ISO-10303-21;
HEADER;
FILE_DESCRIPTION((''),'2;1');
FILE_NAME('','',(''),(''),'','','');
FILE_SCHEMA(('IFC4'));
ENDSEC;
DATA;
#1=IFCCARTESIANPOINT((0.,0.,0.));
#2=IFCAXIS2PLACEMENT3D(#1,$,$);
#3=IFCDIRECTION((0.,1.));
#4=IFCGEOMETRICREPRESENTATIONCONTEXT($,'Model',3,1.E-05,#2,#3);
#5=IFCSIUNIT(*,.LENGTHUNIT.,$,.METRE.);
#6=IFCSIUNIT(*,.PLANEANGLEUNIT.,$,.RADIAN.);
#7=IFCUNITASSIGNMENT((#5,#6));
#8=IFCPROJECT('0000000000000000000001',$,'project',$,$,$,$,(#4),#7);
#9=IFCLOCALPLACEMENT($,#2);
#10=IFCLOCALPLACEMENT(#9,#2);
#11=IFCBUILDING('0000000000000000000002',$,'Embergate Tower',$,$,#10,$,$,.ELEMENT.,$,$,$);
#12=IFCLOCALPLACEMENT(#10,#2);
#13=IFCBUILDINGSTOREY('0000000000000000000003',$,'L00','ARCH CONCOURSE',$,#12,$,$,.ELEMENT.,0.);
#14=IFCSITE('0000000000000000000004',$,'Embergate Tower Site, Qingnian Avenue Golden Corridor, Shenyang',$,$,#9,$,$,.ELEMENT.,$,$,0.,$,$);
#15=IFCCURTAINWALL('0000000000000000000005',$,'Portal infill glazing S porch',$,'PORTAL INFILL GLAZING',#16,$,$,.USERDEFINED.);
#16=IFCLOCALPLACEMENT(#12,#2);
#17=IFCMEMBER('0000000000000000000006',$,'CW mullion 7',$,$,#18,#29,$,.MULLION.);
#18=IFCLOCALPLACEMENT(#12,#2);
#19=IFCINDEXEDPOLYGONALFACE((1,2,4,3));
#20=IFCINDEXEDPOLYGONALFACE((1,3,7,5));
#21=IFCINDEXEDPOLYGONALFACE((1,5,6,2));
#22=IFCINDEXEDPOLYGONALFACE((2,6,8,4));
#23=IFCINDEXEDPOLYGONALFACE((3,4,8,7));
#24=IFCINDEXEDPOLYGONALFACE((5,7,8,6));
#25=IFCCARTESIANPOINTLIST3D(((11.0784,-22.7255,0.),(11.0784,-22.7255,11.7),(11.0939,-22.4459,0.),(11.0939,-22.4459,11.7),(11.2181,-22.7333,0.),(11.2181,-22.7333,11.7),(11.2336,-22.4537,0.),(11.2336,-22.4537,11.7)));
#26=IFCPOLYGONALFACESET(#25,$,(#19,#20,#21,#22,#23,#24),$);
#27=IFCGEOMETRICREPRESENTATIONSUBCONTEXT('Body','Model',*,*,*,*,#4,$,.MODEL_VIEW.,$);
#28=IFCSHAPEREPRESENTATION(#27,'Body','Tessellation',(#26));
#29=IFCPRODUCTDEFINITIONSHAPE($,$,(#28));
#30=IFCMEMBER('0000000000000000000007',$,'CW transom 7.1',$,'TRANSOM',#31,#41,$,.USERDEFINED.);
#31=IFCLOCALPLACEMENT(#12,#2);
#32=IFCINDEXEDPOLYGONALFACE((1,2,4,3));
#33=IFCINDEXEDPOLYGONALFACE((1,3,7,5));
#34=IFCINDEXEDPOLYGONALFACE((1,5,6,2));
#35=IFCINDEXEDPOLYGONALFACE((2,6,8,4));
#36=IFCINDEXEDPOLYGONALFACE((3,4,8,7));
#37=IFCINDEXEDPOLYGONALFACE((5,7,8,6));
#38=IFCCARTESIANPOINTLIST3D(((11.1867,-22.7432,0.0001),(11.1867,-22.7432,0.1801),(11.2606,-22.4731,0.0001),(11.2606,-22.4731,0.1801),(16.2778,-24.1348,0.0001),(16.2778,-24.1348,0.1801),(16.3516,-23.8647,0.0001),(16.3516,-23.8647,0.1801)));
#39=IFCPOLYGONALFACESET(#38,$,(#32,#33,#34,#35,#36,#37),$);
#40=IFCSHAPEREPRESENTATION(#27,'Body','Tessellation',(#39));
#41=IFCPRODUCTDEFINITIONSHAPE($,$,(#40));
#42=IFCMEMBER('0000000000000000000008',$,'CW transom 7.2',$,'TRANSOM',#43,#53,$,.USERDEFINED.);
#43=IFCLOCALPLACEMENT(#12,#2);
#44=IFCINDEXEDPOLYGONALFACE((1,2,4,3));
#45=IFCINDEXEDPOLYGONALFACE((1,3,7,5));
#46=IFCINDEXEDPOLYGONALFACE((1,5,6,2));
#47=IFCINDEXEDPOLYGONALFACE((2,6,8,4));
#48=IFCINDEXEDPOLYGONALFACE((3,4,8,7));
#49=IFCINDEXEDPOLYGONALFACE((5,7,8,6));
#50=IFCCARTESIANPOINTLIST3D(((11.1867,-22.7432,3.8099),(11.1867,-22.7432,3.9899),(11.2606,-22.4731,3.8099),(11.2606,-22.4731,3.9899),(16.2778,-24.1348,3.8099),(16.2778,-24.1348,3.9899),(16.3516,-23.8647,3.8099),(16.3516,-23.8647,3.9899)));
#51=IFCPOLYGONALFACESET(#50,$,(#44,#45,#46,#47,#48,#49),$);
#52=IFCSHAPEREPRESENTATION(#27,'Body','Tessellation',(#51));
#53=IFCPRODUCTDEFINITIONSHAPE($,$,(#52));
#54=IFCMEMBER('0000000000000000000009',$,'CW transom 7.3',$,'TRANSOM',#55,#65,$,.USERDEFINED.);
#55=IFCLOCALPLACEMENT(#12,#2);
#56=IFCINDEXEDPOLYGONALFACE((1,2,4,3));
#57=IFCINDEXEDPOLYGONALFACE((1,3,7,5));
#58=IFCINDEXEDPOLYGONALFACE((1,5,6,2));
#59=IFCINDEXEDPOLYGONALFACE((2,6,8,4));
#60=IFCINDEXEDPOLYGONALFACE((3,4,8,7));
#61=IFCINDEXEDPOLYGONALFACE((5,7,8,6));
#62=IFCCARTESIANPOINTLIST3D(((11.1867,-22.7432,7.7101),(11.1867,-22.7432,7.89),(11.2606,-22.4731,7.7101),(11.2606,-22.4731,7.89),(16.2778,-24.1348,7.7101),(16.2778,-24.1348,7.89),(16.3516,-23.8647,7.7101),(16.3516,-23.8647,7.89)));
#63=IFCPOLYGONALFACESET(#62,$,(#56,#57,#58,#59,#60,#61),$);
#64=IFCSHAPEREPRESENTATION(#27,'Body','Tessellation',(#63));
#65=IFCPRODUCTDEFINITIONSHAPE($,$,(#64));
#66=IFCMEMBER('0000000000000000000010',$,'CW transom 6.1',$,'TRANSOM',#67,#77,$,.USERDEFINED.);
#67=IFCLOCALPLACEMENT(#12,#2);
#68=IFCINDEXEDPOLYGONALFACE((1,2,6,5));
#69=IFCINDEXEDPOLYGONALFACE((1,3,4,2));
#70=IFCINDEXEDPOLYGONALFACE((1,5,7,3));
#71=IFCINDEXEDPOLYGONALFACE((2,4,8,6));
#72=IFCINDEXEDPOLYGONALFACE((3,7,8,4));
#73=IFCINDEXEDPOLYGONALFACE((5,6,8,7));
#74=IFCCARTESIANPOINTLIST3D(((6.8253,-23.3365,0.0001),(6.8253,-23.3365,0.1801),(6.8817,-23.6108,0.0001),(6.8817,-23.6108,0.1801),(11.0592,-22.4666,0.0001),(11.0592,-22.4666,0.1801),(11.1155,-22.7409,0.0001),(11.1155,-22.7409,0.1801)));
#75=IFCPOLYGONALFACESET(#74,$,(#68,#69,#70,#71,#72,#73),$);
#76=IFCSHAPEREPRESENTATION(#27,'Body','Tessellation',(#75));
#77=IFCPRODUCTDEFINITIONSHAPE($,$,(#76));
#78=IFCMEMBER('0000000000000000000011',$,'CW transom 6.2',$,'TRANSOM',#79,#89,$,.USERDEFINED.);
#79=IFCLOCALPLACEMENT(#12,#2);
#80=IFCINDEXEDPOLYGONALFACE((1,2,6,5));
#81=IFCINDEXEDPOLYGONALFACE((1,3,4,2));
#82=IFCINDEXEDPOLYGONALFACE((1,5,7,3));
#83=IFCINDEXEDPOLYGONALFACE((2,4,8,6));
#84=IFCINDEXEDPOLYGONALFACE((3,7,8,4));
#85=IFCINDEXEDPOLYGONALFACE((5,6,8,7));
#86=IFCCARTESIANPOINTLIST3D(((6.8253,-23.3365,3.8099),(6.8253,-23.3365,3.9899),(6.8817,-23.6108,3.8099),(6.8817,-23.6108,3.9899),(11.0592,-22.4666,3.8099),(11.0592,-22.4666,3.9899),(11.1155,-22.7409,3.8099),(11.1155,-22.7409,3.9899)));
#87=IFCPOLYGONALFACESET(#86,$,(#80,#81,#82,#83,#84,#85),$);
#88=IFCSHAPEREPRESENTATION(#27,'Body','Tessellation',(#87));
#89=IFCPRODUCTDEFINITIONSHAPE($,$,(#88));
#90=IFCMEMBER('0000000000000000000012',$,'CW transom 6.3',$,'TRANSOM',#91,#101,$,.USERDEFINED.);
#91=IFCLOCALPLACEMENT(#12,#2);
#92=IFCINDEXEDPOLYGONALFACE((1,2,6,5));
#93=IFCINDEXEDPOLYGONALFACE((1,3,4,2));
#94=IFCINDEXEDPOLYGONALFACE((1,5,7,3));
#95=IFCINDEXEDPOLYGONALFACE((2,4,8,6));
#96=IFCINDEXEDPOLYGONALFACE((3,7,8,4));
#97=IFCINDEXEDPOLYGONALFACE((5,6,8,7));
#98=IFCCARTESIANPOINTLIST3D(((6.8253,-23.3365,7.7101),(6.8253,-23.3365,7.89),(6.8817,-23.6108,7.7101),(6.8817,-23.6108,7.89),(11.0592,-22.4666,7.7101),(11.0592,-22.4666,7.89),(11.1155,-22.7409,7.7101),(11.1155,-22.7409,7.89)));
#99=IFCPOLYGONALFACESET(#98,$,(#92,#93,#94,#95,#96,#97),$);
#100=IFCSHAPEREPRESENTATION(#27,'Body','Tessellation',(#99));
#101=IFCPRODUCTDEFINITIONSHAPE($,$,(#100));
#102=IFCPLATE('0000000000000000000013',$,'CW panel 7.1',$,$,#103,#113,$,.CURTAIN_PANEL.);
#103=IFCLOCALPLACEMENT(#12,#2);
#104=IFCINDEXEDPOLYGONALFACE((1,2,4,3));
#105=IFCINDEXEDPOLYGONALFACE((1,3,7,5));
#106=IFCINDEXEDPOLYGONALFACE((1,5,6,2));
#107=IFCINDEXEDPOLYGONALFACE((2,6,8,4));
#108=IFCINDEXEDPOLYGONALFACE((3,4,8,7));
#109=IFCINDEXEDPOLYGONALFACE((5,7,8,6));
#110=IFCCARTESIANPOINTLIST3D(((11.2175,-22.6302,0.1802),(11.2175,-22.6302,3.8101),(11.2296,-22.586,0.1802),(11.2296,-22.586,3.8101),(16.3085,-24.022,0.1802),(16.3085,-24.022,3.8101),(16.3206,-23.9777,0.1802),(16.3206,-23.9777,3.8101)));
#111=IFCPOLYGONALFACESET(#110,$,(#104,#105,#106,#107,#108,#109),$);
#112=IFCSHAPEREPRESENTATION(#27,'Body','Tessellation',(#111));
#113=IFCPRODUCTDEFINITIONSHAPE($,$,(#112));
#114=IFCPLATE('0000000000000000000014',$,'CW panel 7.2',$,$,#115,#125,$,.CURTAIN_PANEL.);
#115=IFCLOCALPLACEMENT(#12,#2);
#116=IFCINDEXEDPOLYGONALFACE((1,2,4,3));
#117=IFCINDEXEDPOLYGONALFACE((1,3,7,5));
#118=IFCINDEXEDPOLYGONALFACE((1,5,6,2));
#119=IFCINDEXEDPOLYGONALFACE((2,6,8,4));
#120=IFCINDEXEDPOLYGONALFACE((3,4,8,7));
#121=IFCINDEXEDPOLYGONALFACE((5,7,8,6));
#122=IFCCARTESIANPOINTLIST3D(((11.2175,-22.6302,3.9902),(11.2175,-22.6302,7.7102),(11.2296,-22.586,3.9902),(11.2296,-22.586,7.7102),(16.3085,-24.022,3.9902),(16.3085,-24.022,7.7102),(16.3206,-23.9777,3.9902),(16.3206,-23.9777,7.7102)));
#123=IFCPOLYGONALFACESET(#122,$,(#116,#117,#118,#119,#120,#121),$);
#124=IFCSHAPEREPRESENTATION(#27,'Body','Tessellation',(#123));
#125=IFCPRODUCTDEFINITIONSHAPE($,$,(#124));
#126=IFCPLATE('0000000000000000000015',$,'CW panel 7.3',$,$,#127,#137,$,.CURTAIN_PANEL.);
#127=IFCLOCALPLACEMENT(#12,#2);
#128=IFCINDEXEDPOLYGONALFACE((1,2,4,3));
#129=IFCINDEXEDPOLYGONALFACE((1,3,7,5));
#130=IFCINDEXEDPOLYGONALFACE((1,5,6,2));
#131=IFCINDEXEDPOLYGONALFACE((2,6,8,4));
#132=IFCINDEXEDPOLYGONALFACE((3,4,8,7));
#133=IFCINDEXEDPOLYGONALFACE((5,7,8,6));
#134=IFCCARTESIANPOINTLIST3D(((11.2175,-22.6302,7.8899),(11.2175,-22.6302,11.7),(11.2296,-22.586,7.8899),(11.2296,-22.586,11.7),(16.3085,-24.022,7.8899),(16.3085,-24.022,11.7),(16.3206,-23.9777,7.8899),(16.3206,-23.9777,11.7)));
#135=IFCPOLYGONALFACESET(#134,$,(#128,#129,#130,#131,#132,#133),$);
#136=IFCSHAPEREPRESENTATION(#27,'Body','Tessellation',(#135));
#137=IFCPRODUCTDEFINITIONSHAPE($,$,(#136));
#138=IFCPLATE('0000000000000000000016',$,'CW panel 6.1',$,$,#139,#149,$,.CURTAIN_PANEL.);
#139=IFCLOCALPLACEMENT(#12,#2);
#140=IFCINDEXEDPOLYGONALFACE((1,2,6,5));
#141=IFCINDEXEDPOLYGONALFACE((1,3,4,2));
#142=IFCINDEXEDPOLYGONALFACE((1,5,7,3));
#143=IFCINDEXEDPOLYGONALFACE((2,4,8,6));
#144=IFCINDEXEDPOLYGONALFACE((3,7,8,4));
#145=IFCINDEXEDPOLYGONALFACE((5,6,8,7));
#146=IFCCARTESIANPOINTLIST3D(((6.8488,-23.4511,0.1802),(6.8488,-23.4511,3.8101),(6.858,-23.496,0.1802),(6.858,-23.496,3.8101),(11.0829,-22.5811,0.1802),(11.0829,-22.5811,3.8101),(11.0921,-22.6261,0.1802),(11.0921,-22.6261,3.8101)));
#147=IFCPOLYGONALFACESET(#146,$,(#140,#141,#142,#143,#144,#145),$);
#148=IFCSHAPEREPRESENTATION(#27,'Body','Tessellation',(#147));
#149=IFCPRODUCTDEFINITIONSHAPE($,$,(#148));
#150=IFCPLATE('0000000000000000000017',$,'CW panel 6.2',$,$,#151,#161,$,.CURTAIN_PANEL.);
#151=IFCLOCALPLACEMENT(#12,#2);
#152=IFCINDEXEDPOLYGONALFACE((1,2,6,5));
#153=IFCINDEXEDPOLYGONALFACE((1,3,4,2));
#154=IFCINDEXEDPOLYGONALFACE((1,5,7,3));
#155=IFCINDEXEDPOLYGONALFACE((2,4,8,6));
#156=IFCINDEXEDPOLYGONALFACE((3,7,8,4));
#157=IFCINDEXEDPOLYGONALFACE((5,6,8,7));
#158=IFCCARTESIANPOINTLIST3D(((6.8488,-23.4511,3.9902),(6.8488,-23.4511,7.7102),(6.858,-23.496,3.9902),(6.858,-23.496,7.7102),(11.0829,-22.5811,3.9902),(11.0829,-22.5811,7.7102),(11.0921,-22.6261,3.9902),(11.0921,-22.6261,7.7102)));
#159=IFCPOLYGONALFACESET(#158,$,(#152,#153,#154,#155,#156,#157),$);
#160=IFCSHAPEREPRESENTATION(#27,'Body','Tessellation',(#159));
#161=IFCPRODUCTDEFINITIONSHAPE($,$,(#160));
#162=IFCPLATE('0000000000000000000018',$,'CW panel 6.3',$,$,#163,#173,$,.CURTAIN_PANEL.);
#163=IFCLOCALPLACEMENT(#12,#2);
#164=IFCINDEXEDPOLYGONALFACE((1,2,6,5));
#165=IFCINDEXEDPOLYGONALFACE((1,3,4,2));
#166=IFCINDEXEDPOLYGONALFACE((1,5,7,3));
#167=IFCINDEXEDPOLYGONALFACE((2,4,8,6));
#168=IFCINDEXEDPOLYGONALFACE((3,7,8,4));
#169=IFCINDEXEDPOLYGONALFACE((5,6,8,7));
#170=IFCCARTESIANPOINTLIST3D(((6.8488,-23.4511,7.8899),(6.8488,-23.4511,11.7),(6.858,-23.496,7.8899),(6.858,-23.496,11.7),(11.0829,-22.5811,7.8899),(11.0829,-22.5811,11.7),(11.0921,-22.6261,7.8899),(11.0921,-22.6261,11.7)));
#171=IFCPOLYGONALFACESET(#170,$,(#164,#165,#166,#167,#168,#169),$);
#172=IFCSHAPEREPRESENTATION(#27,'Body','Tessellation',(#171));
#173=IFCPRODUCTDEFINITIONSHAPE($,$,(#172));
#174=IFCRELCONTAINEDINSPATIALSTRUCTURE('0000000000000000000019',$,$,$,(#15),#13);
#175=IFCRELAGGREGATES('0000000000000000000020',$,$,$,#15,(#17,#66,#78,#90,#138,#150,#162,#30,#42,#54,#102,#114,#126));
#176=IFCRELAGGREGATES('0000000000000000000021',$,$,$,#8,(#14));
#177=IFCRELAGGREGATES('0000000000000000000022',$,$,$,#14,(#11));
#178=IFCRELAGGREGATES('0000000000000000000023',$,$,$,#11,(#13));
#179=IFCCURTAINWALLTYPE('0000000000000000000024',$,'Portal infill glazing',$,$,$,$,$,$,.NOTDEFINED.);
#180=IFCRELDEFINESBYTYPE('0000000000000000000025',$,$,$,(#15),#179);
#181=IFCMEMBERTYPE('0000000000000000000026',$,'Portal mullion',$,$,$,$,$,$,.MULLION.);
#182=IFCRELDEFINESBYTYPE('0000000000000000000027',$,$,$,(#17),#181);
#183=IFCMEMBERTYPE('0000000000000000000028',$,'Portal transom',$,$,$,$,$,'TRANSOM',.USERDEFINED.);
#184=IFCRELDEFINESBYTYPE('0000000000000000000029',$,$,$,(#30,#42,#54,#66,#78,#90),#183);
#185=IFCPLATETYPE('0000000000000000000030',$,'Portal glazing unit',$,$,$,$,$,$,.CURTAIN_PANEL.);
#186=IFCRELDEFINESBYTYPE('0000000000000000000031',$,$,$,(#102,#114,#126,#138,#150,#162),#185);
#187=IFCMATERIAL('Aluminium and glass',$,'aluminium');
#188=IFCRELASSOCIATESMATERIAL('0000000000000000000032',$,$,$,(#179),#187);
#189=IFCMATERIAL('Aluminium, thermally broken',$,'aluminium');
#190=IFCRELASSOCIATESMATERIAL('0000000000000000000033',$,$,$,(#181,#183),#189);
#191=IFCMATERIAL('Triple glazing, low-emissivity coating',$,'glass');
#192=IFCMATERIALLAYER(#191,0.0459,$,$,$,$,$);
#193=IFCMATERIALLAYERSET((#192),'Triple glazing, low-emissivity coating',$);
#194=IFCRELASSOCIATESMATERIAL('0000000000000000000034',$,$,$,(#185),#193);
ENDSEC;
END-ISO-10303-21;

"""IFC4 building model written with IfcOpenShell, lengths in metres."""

from ifc_helpers import new_model, si_unit, direction, frame, origin, origin_2d, place, context, subcontext, project, spatial, rectangle, extrude, source, transform, mapped, material, layer, layer_set, material_profile, profile_set, type_object, element, aggregate, save


model = new_model("IFC4")

# Units and contexts
model_context = context("Model", 3, precision=1e-05, world=origin(), true_north=direction((0.0, 1.0)))
body_context = subcontext(model_context, "Body", "Model", "MODEL_VIEW")
ifc_project = project(units=[si_unit("LENGTHUNIT", "METRE"), si_unit("PLANEANGLEUNIT", "RADIAN")], contexts=[model_context])

# Site, building, storey
site_placement = place(None, origin())
site = spatial("IfcSite", under=ifc_project, at=site_placement, Name="Embergate Tower Site, Qingnian Avenue Golden Corridor, Shenyang", CompositionType="ELEMENT", RefElevation=0.0)
building_placement = place(site_placement, origin())
building = spatial("IfcBuilding", under=site, at=building_placement, Name="Embergate Tower", CompositionType="ELEMENT")
storey_placement = place(building_placement, origin())
storey = spatial("IfcBuildingStorey", under=building, at=storey_placement, Name="L00", Description="ARCH CONCOURSE", CompositionType="ELEMENT", Elevation=0.0)

# Curtain wall, members, plates
ifc_material_1 = material(Name="Aluminium and glass", Category="aluminium")
curtain_wall_type = type_object("IfcCurtainWallType", Name="Portal infill glazing", PredefinedType="NOTDEFINED", material=ifc_material_1)
curtain_wall_placement = place(storey_placement, origin())
curtain_wall = element("IfcCurtainWall", 1, at=curtain_wall_placement, inside=storey, type_object=curtain_wall_type, Name="Portal infill glazing S porch", ObjectType="PORTAL INFILL GLAZING", PredefinedType="USERDEFINED")
ifc_material_2 = material(Name="Aluminium, thermally broken", Category="aluminium")
ifc_material_profile_1 = material_profile(ifc_material_2, rectangle(XDim=0.28, YDim=0.1399, at=origin_2d()), Name="AL 140x280")
ifc_profile_set_1 = profile_set([ifc_material_profile_1], Name="Aluminium, thermally broken")
member_type_1 = type_object("IfcMemberType", Name="Portal mullion", PredefinedType="MULLION", material=ifc_profile_set_1)
shared_shape_1 = source(origin(), body_context, "Body", "SweptSolid", [
    extrude(rectangle(XDim=0.28, YDim=0.1399, at=origin_2d()), origin(), (0.0, 0.0, 1.0), 11.7),
])
member_1_placement = place(storey_placement, frame((11.156, -22.5896, 0.0), z_axis=(0.0, 0.0, 1.0), x_axis=(0.055198, 0.998475, 0.0)))
member_1 = element("IfcMember", 2, at=member_1_placement, type_object=member_type_1, Name="CW mullion 7", PredefinedType="MULLION", context=body_context, shape_type="MappedRepresentation", body=[
    mapped(shared_shape_1, transform((0.0, 0.0, 0.0))),
])
ifc_material_profile_2 = material_profile(ifc_material_2, rectangle(XDim=0.28, YDim=0.1799, at=origin_2d()), Name="AL 180x280")
ifc_profile_set_2 = profile_set([ifc_material_profile_2], Name="Aluminium, thermally broken")
member_type_2 = type_object("IfcMemberType", Name="Portal transom", ElementType="TRANSOM", PredefinedType="USERDEFINED", material=ifc_profile_set_2)
shared_shape_2 = source(origin(), body_context, "Body", "SweptSolid", [
    extrude(rectangle(XDim=0.28, YDim=0.1799, at=origin_2d()), origin(), (0.0, 0.0, 1.0), 5.2778),
])
member_2_placement = place(storey_placement, frame((11.2236, -22.6082, 0.0901), z_axis=(0.964613, -0.263669, 0.0), x_axis=(0.263669, 0.964613, 0.0)))
member_2 = element("IfcMember", 3, at=member_2_placement, type_object=member_type_2, Name="CW transom 7.1", ObjectType="TRANSOM", PredefinedType="USERDEFINED", context=body_context, shape_type="MappedRepresentation", body=[
    mapped(shared_shape_2, transform((0.0, 0.0, 0.0))),
])
member_3_placement = place(storey_placement, frame((11.2236, -22.6082, 3.8999), z_axis=(0.964613, -0.263669, 0.0), x_axis=(0.263669, 0.964613, 0.0)))
member_3 = element("IfcMember", 4, at=member_3_placement, type_object=member_type_2, Name="CW transom 7.2", ObjectType="TRANSOM", PredefinedType="USERDEFINED", context=body_context, shape_type="MappedRepresentation", body=[
    mapped(shared_shape_2, transform((0.0, 0.0, 0.0))),
])
member_4_placement = place(storey_placement, frame((11.2236, -22.6082, 7.8), z_axis=(0.964613, -0.263669, 0.0), x_axis=(0.263669, 0.964613, 0.0)))
member_4 = element("IfcMember", 5, at=member_4_placement, type_object=member_type_2, Name="CW transom 7.3", ObjectType="TRANSOM", PredefinedType="USERDEFINED", context=body_context, shape_type="MappedRepresentation", body=[
    mapped(shared_shape_2, transform((0.0, 0.0, 0.0))),
])
shared_shape_3 = source(origin(), body_context, "Body", "SweptSolid", [
    extrude(rectangle(XDim=0.28, YDim=0.1799, at=origin_2d()), origin(), (0.0, 0.0, 1.0), 4.3223),
])
member_5_placement = place(storey_placement, frame((6.8535, -23.4736, 0.0901), z_axis=(0.97954, 0.201251, 0.0), x_axis=(-0.201251, 0.97954, 0.0)))
member_5 = element("IfcMember", 6, at=member_5_placement, type_object=member_type_2, Name="CW transom 6.1", ObjectType="TRANSOM", PredefinedType="USERDEFINED", context=body_context, shape_type="MappedRepresentation", body=[
    mapped(shared_shape_3, transform((0.0, 0.0, 0.0))),
])
member_6_placement = place(storey_placement, frame((6.8535, -23.4736, 3.8999), z_axis=(0.97954, 0.201251, 0.0), x_axis=(-0.201251, 0.97954, 0.0)))
member_6 = element("IfcMember", 7, at=member_6_placement, type_object=member_type_2, Name="CW transom 6.2", ObjectType="TRANSOM", PredefinedType="USERDEFINED", context=body_context, shape_type="MappedRepresentation", body=[
    mapped(shared_shape_3, transform((0.0, 0.0, 0.0))),
])
member_7_placement = place(storey_placement, frame((6.8535, -23.4736, 7.8), z_axis=(0.97954, 0.201251, 0.0), x_axis=(-0.201251, 0.97954, 0.0)))
member_7 = element("IfcMember", 8, at=member_7_placement, type_object=member_type_2, Name="CW transom 6.3", ObjectType="TRANSOM", PredefinedType="USERDEFINED", context=body_context, shape_type="MappedRepresentation", body=[
    mapped(shared_shape_3, transform((0.0, 0.0, 0.0))),
])
ifc_material_3 = material(Name="Triple glazing, low-emissivity coating", Category="glass")
ifc_layer_1 = layer(ifc_material_3, 0.0459)
ifc_layer_set_1 = layer_set([ifc_layer_1], Name="Triple glazing, low-emissivity coating")
plate_type = type_object("IfcPlateType", Name="Portal glazing unit", PredefinedType="CURTAIN_PANEL", material=ifc_layer_set_1)
shared_shape_4 = source(origin(), body_context, "Body", "SweptSolid", [
    extrude(rectangle(XDim=5.2778, YDim=0.0459, at=origin_2d()), origin(), (0.0, 0.0, 1.0), 3.6299),
])
plate_1_placement = place(storey_placement, frame((13.769, -23.304, 0.1802), z_axis=(0.0, 0.0, 1.0), x_axis=(0.964607, -0.263693, 0.0)))
plate_1 = element("IfcPlate", 9, at=plate_1_placement, type_object=plate_type, Name="CW panel 7.1", PredefinedType="CURTAIN_PANEL", context=body_context, shape_type="MappedRepresentation", body=[
    mapped(shared_shape_4, transform((0.0, 0.0, 0.0))),
])
shared_shape_5 = source(origin(), body_context, "Body", "SweptSolid", [
    extrude(rectangle(XDim=5.2778, YDim=0.0459, at=origin_2d()), origin(), (0.0, 0.0, 1.0), 3.72),
])
plate_2_placement = place(storey_placement, frame((13.769, -23.304, 3.9902), z_axis=(0.0, 0.0, 1.0), x_axis=(0.964607, -0.263693, 0.0)))
plate_2 = element("IfcPlate", 10, at=plate_2_placement, type_object=plate_type, Name="CW panel 7.2", PredefinedType="CURTAIN_PANEL", context=body_context, shape_type="MappedRepresentation", body=[
    mapped(shared_shape_5, transform((0.0, 0.0, 0.0))),
])
shared_shape_6 = source(origin(), body_context, "Body", "SweptSolid", [
    extrude(rectangle(XDim=5.2778, YDim=0.0459, at=origin_2d()), origin(), (0.0, 0.0, 1.0), 3.8101),
])
plate_3_placement = place(storey_placement, frame((13.769, -23.304, 7.8899), z_axis=(0.0, 0.0, 1.0), x_axis=(0.964607, -0.263693, 0.0)))
plate_3 = element("IfcPlate", 11, at=plate_3_placement, type_object=plate_type, Name="CW panel 7.3", PredefinedType="CURTAIN_PANEL", context=body_context, shape_type="MappedRepresentation", body=[
    mapped(shared_shape_6, transform((0.0, 0.0, 0.0))),
])
shared_shape_7 = source(origin(), body_context, "Body", "SweptSolid", [
    extrude(rectangle(XDim=4.3225, YDim=0.0459, at=origin_2d()), origin(), (0.0, 0.0, 1.0), 3.6299),
])
plate_4_placement = place(storey_placement, frame((8.9705, -23.0386, 0.1802), z_axis=(0.0, 0.0, 1.0), x_axis=(0.979538, 0.201257, 0.0)))
plate_4 = element("IfcPlate", 12, at=plate_4_placement, type_object=plate_type, Name="CW panel 6.1", PredefinedType="CURTAIN_PANEL", context=body_context, shape_type="MappedRepresentation", body=[
    mapped(shared_shape_7, transform((0.0, 0.0, 0.0))),
])
shared_shape_8 = source(origin(), body_context, "Body", "SweptSolid", [
    extrude(rectangle(XDim=4.3225, YDim=0.0459, at=origin_2d()), origin(), (0.0, 0.0, 1.0), 3.72),
])
plate_5_placement = place(storey_placement, frame((8.9705, -23.0386, 3.9902), z_axis=(0.0, 0.0, 1.0), x_axis=(0.979538, 0.201257, 0.0)))
plate_5 = element("IfcPlate", 13, at=plate_5_placement, type_object=plate_type, Name="CW panel 6.2", PredefinedType="CURTAIN_PANEL", context=body_context, shape_type="MappedRepresentation", body=[
    mapped(shared_shape_8, transform((0.0, 0.0, 0.0))),
])
shared_shape_9 = source(origin(), body_context, "Body", "SweptSolid", [
    extrude(rectangle(XDim=4.3225, YDim=0.0459, at=origin_2d()), origin(), (0.0, 0.0, 1.0), 3.8101),
])
plate_6_placement = place(storey_placement, frame((8.9705, -23.0386, 7.8899), z_axis=(0.0, 0.0, 1.0), x_axis=(0.979538, 0.201257, 0.0)))
plate_6 = element("IfcPlate", 14, at=plate_6_placement, type_object=plate_type, Name="CW panel 6.3", PredefinedType="CURTAIN_PANEL", context=body_context, shape_type="MappedRepresentation", body=[
    mapped(shared_shape_9, transform((0.0, 0.0, 0.0))),
])
aggregate(curtain_wall, [member_1, member_5, member_6, member_7, plate_4, plate_5, plate_6, member_2, member_3, member_4, plate_1, plate_2, plate_3])

save(model, "model.ifc")
